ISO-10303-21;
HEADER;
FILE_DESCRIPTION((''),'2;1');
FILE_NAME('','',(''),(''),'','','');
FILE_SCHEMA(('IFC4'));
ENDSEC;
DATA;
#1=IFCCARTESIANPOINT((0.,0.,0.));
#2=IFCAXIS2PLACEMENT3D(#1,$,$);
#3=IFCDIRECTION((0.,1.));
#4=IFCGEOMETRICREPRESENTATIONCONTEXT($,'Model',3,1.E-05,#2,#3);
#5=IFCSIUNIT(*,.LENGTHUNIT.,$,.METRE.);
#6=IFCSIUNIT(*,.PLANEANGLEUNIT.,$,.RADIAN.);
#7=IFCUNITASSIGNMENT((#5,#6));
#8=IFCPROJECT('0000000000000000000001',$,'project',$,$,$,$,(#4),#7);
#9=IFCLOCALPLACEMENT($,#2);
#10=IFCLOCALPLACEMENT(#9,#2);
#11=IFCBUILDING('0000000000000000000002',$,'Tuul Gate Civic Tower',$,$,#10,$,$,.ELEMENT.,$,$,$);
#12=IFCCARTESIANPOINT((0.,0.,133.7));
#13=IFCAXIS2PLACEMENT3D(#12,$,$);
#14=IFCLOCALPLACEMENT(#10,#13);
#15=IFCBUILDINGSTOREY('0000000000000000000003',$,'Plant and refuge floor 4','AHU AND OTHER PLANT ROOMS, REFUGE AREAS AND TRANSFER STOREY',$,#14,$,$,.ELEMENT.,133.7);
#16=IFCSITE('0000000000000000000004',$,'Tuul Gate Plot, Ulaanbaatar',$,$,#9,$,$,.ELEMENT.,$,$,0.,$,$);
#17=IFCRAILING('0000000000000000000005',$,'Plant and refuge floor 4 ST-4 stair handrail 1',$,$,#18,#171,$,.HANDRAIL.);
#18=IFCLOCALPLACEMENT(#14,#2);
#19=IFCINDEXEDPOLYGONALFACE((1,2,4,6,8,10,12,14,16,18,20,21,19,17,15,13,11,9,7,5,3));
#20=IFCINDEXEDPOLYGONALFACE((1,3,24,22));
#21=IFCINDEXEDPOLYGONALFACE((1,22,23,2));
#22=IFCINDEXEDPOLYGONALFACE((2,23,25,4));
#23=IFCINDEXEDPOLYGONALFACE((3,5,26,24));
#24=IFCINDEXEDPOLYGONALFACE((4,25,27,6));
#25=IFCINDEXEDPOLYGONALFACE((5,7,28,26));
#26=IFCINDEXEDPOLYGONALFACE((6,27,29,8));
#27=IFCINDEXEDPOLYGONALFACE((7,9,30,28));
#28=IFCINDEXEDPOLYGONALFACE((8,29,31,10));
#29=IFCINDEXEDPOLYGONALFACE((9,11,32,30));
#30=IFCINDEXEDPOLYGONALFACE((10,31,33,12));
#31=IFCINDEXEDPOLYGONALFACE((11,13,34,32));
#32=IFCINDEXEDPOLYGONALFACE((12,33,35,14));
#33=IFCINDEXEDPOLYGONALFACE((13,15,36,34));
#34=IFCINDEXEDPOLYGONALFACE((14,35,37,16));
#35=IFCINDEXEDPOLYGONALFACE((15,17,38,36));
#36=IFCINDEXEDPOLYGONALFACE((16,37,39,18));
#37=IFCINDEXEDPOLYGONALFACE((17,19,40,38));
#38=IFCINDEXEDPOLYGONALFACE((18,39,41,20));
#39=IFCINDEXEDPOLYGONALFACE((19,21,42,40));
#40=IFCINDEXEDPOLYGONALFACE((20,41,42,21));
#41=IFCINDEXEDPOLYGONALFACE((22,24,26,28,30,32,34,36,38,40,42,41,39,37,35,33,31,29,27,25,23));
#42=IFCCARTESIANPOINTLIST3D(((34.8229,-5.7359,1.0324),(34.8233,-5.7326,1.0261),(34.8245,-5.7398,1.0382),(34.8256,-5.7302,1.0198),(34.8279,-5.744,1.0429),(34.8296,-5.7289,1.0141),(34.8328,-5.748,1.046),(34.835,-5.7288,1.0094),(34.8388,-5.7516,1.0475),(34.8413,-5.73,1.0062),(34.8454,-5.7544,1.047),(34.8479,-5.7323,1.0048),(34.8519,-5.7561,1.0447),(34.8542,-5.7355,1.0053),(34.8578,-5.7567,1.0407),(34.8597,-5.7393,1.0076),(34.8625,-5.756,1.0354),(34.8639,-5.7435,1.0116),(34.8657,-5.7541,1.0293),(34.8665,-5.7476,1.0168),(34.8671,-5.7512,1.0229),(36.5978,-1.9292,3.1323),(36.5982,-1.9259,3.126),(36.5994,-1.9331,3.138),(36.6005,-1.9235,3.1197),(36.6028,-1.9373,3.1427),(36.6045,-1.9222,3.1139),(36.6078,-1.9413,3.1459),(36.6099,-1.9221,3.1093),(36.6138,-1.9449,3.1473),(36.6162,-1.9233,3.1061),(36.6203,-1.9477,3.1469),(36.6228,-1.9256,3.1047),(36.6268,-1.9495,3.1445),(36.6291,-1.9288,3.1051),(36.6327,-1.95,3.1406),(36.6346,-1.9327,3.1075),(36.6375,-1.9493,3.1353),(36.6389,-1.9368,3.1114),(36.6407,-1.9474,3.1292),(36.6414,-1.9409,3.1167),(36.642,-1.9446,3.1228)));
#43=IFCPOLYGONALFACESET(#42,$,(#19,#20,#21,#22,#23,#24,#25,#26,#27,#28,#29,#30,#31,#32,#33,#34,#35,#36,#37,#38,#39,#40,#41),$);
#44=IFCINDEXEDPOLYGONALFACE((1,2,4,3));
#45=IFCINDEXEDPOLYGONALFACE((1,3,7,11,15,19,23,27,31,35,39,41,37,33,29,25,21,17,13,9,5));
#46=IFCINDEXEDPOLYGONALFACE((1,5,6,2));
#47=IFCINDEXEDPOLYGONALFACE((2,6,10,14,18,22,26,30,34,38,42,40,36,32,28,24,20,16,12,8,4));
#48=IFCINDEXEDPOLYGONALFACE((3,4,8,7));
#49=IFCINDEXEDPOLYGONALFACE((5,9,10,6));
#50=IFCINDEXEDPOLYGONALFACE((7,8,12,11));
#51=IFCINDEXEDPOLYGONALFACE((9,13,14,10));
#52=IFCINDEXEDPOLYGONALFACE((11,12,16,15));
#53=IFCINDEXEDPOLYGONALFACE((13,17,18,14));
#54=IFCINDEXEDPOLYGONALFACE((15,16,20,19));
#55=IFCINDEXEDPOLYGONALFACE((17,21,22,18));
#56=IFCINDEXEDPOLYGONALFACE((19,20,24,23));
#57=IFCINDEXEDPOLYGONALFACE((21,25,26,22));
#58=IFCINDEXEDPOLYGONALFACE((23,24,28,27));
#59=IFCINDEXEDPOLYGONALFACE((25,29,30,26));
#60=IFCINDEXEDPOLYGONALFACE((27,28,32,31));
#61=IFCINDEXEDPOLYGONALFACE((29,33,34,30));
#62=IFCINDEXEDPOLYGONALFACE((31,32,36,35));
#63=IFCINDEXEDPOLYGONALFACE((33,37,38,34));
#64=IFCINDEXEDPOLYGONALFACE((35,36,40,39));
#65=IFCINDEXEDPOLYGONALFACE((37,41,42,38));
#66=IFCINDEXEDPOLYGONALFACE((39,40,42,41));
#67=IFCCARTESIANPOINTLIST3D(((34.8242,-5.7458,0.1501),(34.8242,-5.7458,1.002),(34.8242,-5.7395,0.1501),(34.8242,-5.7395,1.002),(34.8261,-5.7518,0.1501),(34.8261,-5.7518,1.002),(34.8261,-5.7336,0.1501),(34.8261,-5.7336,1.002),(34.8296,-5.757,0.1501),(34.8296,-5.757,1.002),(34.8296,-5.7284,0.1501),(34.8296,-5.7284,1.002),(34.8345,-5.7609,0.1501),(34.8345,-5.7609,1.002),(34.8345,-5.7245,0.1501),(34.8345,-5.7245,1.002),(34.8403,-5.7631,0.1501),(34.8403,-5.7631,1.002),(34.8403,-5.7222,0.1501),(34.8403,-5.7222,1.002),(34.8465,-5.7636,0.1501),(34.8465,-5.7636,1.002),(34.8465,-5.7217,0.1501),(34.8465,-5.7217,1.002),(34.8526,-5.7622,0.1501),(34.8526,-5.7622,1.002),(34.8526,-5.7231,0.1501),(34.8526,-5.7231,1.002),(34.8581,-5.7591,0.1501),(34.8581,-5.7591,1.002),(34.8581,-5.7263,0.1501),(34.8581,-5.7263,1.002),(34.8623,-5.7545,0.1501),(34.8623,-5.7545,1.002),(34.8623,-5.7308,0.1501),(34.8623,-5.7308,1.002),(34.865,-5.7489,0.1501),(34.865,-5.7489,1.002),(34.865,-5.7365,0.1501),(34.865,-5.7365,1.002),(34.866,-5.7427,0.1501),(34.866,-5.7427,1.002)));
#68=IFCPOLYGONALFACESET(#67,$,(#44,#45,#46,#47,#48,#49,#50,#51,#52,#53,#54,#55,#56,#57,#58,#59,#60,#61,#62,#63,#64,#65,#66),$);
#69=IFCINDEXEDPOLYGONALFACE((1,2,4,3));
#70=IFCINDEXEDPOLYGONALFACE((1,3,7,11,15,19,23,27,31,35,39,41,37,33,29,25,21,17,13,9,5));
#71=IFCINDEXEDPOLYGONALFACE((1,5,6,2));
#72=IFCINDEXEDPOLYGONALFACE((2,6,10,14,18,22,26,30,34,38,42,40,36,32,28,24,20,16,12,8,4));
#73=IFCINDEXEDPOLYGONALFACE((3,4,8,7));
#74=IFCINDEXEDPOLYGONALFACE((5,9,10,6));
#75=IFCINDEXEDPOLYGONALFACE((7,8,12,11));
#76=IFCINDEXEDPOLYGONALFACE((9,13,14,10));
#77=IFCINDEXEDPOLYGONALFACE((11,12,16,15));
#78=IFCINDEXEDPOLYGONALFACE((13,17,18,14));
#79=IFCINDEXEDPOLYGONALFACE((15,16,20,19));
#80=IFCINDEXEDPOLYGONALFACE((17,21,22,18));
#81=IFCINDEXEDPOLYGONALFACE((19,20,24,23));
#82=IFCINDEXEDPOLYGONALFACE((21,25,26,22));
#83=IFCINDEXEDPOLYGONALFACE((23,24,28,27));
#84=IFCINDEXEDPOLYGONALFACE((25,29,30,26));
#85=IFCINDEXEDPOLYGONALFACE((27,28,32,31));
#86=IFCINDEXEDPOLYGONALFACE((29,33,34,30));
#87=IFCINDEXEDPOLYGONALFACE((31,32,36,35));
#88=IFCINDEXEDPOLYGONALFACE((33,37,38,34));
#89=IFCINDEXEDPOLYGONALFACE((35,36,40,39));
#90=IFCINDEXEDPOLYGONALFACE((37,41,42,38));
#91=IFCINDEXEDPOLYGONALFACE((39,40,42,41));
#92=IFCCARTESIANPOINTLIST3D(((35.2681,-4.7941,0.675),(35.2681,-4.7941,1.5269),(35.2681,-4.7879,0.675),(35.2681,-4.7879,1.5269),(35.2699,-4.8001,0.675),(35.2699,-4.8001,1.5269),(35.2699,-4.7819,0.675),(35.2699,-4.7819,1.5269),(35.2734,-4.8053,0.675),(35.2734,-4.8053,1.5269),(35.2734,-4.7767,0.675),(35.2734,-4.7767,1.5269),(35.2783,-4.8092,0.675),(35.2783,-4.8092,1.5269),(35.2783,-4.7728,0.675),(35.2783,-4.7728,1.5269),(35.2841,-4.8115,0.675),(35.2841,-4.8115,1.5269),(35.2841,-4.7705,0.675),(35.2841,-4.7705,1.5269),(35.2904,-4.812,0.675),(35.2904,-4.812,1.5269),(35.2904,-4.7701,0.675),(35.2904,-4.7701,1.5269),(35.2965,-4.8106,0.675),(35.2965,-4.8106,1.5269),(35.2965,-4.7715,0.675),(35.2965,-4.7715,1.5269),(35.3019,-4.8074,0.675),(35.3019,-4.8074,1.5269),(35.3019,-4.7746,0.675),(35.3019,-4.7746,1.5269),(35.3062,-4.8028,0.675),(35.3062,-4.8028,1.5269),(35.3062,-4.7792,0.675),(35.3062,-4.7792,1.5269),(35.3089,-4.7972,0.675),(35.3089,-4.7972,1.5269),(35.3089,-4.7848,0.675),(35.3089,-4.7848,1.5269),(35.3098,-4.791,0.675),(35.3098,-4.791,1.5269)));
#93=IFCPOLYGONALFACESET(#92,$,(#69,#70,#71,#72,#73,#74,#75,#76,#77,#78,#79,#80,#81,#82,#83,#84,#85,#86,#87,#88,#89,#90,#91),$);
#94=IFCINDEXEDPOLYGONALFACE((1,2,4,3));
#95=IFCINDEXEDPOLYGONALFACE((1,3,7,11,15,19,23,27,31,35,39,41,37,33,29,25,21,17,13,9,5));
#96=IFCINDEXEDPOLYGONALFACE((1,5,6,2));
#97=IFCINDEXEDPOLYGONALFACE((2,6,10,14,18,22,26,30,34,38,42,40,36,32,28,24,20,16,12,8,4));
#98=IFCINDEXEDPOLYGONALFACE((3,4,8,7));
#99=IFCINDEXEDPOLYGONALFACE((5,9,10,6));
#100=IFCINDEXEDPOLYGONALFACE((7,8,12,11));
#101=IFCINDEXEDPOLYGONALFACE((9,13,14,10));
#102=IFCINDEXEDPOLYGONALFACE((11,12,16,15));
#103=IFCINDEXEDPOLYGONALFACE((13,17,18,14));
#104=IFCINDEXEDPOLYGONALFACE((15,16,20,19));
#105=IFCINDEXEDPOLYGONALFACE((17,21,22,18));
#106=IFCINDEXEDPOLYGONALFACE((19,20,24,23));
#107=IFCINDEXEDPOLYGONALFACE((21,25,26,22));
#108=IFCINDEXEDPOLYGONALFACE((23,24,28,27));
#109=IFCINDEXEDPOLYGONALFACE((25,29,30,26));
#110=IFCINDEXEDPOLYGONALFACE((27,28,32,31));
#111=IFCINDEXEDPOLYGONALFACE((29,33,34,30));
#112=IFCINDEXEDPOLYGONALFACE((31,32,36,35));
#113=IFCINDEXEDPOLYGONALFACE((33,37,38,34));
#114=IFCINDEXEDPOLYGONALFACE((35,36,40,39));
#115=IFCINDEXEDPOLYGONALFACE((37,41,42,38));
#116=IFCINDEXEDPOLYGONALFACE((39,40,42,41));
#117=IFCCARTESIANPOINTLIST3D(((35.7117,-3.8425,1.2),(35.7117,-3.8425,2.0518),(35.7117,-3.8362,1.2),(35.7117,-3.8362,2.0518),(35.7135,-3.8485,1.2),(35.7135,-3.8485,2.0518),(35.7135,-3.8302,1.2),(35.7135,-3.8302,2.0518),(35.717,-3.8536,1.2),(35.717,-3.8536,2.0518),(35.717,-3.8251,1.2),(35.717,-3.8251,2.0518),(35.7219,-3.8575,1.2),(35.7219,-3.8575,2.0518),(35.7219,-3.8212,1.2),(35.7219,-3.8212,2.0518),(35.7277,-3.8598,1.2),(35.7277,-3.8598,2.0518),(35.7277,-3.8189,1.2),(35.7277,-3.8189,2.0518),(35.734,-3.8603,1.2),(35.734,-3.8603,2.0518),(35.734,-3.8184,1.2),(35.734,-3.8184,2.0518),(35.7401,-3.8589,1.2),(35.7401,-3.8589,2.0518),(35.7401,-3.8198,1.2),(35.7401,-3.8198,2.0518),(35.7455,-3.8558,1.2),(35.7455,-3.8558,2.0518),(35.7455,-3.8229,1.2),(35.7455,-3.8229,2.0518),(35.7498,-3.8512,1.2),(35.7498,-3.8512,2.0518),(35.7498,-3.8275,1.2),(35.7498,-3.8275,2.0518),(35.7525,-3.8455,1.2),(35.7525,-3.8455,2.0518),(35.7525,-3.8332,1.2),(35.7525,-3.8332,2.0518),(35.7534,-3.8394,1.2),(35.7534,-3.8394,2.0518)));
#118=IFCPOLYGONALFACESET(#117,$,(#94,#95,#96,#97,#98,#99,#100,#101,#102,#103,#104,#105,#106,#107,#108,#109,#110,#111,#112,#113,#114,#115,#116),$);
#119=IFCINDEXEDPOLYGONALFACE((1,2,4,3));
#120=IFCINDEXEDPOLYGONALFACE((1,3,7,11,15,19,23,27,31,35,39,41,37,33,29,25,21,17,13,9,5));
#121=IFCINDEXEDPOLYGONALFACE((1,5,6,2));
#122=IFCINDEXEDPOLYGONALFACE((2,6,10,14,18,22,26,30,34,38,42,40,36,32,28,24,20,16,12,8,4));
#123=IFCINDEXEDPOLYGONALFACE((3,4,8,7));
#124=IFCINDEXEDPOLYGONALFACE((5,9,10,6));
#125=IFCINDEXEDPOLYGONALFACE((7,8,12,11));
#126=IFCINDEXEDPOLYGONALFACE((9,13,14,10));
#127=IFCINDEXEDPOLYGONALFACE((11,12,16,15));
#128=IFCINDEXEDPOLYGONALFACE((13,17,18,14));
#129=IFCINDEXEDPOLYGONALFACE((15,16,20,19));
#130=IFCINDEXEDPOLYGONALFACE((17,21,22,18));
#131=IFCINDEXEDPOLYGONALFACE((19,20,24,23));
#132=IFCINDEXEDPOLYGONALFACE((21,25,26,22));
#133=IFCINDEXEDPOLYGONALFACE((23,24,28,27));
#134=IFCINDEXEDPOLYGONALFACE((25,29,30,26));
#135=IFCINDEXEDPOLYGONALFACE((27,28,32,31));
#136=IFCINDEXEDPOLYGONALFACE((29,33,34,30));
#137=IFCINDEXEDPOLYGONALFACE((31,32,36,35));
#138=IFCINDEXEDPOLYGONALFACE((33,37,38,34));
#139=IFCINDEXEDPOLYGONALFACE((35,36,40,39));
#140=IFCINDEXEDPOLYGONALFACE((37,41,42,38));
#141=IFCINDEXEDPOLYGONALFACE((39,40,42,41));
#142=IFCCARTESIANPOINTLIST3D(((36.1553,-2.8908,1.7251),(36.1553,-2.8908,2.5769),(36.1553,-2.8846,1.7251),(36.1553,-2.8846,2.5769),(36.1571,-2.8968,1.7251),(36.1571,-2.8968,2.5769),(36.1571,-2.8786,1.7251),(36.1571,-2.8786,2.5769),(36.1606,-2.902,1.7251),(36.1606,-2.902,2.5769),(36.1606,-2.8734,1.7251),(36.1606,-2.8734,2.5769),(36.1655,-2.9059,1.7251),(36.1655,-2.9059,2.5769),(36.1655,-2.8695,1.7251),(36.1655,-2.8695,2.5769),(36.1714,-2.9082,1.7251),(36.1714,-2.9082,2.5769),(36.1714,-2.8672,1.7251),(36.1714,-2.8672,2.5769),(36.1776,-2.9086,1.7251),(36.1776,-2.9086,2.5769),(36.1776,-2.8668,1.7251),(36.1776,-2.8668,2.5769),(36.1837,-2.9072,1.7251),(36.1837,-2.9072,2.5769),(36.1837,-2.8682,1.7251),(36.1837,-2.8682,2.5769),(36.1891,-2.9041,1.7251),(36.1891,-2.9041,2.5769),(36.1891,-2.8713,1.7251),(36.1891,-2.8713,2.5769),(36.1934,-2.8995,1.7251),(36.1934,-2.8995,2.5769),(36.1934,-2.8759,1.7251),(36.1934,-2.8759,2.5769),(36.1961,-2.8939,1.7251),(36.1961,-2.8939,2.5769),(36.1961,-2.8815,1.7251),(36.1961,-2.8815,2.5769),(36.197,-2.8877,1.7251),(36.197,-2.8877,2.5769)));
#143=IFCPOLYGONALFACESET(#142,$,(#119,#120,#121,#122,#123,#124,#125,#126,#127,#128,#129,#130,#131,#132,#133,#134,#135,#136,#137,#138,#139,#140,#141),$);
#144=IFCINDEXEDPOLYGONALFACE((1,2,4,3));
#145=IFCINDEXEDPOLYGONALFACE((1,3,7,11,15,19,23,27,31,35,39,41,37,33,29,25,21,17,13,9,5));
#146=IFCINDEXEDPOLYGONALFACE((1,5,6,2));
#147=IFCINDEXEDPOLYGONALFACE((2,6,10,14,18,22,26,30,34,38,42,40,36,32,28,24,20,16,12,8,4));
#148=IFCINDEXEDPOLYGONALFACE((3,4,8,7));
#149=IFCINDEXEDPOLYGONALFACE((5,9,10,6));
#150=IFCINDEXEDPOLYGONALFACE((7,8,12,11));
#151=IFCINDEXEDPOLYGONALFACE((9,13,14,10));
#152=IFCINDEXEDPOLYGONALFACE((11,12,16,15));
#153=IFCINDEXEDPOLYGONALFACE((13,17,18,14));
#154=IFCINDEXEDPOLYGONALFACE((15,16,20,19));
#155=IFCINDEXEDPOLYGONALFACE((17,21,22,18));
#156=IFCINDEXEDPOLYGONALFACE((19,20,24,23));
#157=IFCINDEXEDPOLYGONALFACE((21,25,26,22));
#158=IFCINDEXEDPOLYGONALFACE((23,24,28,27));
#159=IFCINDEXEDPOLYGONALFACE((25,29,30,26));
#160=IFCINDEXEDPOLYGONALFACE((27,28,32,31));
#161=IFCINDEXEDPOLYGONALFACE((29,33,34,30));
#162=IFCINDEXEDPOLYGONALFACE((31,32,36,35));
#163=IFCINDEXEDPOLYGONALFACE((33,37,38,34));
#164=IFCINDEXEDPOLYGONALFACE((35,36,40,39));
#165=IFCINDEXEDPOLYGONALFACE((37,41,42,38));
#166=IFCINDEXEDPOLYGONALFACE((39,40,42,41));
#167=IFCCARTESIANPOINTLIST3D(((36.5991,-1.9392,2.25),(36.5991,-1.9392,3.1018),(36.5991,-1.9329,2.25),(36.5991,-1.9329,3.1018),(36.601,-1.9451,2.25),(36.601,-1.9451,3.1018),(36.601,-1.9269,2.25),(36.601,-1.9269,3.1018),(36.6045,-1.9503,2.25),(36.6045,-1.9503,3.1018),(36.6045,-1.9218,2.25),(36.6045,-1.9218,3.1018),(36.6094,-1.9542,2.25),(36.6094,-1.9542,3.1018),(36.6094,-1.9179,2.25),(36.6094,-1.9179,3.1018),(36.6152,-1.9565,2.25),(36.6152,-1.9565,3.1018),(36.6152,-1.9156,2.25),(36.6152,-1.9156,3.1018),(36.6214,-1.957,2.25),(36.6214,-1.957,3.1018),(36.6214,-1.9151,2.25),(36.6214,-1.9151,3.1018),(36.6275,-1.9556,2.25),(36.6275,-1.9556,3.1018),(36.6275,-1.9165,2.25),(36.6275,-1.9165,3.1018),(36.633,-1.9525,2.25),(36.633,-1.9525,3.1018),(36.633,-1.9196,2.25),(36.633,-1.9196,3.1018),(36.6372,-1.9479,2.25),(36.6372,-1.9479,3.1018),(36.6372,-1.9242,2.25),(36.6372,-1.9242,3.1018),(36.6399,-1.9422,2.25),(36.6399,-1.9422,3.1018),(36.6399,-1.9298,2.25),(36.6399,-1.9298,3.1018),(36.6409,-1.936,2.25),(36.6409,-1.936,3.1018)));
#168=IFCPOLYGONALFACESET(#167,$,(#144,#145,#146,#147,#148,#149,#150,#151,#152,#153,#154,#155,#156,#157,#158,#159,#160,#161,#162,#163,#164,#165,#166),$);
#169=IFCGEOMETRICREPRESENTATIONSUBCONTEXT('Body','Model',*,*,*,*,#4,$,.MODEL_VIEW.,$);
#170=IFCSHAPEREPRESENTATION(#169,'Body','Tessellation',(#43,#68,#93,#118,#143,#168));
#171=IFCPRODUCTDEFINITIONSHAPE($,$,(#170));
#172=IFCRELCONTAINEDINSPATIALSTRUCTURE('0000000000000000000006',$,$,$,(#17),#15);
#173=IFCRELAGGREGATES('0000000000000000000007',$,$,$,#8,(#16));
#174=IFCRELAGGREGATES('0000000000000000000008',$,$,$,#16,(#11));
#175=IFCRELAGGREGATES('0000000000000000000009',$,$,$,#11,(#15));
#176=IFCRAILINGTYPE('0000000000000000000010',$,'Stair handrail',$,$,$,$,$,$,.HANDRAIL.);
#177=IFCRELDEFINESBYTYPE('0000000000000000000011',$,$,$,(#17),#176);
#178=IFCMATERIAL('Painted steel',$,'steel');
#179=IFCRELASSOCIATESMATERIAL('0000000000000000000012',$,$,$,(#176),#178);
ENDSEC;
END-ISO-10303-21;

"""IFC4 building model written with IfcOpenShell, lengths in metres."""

from ifc_helpers import new_model, si_unit, direction, frame, origin, origin_2d, place, context, subcontext, project, spatial, circle, extrude, material, type_object, element, save


model = new_model("IFC4")

# Units and contexts
model_context = context("Model", 3, precision=1e-05, world=origin(), true_north=direction((0.0, 1.0)))
body_context = subcontext(model_context, "Body", "Model", "MODEL_VIEW")
ifc_project = project(units=[si_unit("LENGTHUNIT", "METRE"), si_unit("PLANEANGLEUNIT", "RADIAN")], contexts=[model_context])

# Site, building, storey
site_placement = place(None, origin())
site = spatial("IfcSite", under=ifc_project, at=site_placement, Name="Tuul Gate Plot, Ulaanbaatar", CompositionType="ELEMENT", RefElevation=0.0)
building_placement = place(site_placement, origin())
building = spatial("IfcBuilding", under=site, at=building_placement, Name="Tuul Gate Civic Tower", CompositionType="ELEMENT")
storey_placement = place(building_placement, frame((0.0, 0.0, 133.7)))
storey = spatial("IfcBuildingStorey", under=building, at=storey_placement, Name="Plant and refuge floor 4", Description="AHU AND OTHER PLANT ROOMS, REFUGE AREAS AND TRANSFER STOREY", CompositionType="ELEMENT", Elevation=133.7)

# Railing
ifc_material_1 = material(Name="Painted steel", Category="steel")
railing_type_1 = type_object("IfcRailingType", Name="Stair handrail", PredefinedType="HANDRAIL", material=ifc_material_1)
railing_1_placement = place(storey_placement, frame((34.845, -5.7427, 0.1501)))
element("IfcRailing", 1, at=railing_1_placement, inside=storey, type_object=railing_type_1, Name="Plant and refuge floor 4 ST-4 stair handrail 1", PredefinedType="HANDRAIL", context=body_context, shape_type="SweptSolid", body=[
    extrude(circle(Radius=0.0239, at=origin_2d()), frame((0.0, 0.0, 0.876), z_axis=(0.37798, 0.810655, 0.447181), x_axis=(-0.906323, 0.422586, 0.0)), (0.0, 0.0, 1.0), 4.6958),
    extrude(circle(Radius=0.021, at=origin_2d()), origin(), (0.0, 0.0, 1.0), 0.8518),
    extrude(circle(Radius=0.021, at=origin_2d()), frame((0.4438, 0.9517, 0.5249)), (0.0, 0.0, 1.0), 0.8518),
    extrude(circle(Radius=0.021, at=origin_2d()), frame((0.8875, 1.9033, 1.0498)), (0.0, 0.0, 1.0), 0.8518),
    extrude(circle(Radius=0.021, at=origin_2d()), frame((1.3311, 2.855, 1.575)), (0.0, 0.0, 1.0), 0.8518),
    extrude(circle(Radius=0.021, at=origin_2d()), frame((1.7749, 3.8066, 2.0999)), (0.0, 0.0, 1.0), 0.8518),
])

save(model, "model.ifc")
